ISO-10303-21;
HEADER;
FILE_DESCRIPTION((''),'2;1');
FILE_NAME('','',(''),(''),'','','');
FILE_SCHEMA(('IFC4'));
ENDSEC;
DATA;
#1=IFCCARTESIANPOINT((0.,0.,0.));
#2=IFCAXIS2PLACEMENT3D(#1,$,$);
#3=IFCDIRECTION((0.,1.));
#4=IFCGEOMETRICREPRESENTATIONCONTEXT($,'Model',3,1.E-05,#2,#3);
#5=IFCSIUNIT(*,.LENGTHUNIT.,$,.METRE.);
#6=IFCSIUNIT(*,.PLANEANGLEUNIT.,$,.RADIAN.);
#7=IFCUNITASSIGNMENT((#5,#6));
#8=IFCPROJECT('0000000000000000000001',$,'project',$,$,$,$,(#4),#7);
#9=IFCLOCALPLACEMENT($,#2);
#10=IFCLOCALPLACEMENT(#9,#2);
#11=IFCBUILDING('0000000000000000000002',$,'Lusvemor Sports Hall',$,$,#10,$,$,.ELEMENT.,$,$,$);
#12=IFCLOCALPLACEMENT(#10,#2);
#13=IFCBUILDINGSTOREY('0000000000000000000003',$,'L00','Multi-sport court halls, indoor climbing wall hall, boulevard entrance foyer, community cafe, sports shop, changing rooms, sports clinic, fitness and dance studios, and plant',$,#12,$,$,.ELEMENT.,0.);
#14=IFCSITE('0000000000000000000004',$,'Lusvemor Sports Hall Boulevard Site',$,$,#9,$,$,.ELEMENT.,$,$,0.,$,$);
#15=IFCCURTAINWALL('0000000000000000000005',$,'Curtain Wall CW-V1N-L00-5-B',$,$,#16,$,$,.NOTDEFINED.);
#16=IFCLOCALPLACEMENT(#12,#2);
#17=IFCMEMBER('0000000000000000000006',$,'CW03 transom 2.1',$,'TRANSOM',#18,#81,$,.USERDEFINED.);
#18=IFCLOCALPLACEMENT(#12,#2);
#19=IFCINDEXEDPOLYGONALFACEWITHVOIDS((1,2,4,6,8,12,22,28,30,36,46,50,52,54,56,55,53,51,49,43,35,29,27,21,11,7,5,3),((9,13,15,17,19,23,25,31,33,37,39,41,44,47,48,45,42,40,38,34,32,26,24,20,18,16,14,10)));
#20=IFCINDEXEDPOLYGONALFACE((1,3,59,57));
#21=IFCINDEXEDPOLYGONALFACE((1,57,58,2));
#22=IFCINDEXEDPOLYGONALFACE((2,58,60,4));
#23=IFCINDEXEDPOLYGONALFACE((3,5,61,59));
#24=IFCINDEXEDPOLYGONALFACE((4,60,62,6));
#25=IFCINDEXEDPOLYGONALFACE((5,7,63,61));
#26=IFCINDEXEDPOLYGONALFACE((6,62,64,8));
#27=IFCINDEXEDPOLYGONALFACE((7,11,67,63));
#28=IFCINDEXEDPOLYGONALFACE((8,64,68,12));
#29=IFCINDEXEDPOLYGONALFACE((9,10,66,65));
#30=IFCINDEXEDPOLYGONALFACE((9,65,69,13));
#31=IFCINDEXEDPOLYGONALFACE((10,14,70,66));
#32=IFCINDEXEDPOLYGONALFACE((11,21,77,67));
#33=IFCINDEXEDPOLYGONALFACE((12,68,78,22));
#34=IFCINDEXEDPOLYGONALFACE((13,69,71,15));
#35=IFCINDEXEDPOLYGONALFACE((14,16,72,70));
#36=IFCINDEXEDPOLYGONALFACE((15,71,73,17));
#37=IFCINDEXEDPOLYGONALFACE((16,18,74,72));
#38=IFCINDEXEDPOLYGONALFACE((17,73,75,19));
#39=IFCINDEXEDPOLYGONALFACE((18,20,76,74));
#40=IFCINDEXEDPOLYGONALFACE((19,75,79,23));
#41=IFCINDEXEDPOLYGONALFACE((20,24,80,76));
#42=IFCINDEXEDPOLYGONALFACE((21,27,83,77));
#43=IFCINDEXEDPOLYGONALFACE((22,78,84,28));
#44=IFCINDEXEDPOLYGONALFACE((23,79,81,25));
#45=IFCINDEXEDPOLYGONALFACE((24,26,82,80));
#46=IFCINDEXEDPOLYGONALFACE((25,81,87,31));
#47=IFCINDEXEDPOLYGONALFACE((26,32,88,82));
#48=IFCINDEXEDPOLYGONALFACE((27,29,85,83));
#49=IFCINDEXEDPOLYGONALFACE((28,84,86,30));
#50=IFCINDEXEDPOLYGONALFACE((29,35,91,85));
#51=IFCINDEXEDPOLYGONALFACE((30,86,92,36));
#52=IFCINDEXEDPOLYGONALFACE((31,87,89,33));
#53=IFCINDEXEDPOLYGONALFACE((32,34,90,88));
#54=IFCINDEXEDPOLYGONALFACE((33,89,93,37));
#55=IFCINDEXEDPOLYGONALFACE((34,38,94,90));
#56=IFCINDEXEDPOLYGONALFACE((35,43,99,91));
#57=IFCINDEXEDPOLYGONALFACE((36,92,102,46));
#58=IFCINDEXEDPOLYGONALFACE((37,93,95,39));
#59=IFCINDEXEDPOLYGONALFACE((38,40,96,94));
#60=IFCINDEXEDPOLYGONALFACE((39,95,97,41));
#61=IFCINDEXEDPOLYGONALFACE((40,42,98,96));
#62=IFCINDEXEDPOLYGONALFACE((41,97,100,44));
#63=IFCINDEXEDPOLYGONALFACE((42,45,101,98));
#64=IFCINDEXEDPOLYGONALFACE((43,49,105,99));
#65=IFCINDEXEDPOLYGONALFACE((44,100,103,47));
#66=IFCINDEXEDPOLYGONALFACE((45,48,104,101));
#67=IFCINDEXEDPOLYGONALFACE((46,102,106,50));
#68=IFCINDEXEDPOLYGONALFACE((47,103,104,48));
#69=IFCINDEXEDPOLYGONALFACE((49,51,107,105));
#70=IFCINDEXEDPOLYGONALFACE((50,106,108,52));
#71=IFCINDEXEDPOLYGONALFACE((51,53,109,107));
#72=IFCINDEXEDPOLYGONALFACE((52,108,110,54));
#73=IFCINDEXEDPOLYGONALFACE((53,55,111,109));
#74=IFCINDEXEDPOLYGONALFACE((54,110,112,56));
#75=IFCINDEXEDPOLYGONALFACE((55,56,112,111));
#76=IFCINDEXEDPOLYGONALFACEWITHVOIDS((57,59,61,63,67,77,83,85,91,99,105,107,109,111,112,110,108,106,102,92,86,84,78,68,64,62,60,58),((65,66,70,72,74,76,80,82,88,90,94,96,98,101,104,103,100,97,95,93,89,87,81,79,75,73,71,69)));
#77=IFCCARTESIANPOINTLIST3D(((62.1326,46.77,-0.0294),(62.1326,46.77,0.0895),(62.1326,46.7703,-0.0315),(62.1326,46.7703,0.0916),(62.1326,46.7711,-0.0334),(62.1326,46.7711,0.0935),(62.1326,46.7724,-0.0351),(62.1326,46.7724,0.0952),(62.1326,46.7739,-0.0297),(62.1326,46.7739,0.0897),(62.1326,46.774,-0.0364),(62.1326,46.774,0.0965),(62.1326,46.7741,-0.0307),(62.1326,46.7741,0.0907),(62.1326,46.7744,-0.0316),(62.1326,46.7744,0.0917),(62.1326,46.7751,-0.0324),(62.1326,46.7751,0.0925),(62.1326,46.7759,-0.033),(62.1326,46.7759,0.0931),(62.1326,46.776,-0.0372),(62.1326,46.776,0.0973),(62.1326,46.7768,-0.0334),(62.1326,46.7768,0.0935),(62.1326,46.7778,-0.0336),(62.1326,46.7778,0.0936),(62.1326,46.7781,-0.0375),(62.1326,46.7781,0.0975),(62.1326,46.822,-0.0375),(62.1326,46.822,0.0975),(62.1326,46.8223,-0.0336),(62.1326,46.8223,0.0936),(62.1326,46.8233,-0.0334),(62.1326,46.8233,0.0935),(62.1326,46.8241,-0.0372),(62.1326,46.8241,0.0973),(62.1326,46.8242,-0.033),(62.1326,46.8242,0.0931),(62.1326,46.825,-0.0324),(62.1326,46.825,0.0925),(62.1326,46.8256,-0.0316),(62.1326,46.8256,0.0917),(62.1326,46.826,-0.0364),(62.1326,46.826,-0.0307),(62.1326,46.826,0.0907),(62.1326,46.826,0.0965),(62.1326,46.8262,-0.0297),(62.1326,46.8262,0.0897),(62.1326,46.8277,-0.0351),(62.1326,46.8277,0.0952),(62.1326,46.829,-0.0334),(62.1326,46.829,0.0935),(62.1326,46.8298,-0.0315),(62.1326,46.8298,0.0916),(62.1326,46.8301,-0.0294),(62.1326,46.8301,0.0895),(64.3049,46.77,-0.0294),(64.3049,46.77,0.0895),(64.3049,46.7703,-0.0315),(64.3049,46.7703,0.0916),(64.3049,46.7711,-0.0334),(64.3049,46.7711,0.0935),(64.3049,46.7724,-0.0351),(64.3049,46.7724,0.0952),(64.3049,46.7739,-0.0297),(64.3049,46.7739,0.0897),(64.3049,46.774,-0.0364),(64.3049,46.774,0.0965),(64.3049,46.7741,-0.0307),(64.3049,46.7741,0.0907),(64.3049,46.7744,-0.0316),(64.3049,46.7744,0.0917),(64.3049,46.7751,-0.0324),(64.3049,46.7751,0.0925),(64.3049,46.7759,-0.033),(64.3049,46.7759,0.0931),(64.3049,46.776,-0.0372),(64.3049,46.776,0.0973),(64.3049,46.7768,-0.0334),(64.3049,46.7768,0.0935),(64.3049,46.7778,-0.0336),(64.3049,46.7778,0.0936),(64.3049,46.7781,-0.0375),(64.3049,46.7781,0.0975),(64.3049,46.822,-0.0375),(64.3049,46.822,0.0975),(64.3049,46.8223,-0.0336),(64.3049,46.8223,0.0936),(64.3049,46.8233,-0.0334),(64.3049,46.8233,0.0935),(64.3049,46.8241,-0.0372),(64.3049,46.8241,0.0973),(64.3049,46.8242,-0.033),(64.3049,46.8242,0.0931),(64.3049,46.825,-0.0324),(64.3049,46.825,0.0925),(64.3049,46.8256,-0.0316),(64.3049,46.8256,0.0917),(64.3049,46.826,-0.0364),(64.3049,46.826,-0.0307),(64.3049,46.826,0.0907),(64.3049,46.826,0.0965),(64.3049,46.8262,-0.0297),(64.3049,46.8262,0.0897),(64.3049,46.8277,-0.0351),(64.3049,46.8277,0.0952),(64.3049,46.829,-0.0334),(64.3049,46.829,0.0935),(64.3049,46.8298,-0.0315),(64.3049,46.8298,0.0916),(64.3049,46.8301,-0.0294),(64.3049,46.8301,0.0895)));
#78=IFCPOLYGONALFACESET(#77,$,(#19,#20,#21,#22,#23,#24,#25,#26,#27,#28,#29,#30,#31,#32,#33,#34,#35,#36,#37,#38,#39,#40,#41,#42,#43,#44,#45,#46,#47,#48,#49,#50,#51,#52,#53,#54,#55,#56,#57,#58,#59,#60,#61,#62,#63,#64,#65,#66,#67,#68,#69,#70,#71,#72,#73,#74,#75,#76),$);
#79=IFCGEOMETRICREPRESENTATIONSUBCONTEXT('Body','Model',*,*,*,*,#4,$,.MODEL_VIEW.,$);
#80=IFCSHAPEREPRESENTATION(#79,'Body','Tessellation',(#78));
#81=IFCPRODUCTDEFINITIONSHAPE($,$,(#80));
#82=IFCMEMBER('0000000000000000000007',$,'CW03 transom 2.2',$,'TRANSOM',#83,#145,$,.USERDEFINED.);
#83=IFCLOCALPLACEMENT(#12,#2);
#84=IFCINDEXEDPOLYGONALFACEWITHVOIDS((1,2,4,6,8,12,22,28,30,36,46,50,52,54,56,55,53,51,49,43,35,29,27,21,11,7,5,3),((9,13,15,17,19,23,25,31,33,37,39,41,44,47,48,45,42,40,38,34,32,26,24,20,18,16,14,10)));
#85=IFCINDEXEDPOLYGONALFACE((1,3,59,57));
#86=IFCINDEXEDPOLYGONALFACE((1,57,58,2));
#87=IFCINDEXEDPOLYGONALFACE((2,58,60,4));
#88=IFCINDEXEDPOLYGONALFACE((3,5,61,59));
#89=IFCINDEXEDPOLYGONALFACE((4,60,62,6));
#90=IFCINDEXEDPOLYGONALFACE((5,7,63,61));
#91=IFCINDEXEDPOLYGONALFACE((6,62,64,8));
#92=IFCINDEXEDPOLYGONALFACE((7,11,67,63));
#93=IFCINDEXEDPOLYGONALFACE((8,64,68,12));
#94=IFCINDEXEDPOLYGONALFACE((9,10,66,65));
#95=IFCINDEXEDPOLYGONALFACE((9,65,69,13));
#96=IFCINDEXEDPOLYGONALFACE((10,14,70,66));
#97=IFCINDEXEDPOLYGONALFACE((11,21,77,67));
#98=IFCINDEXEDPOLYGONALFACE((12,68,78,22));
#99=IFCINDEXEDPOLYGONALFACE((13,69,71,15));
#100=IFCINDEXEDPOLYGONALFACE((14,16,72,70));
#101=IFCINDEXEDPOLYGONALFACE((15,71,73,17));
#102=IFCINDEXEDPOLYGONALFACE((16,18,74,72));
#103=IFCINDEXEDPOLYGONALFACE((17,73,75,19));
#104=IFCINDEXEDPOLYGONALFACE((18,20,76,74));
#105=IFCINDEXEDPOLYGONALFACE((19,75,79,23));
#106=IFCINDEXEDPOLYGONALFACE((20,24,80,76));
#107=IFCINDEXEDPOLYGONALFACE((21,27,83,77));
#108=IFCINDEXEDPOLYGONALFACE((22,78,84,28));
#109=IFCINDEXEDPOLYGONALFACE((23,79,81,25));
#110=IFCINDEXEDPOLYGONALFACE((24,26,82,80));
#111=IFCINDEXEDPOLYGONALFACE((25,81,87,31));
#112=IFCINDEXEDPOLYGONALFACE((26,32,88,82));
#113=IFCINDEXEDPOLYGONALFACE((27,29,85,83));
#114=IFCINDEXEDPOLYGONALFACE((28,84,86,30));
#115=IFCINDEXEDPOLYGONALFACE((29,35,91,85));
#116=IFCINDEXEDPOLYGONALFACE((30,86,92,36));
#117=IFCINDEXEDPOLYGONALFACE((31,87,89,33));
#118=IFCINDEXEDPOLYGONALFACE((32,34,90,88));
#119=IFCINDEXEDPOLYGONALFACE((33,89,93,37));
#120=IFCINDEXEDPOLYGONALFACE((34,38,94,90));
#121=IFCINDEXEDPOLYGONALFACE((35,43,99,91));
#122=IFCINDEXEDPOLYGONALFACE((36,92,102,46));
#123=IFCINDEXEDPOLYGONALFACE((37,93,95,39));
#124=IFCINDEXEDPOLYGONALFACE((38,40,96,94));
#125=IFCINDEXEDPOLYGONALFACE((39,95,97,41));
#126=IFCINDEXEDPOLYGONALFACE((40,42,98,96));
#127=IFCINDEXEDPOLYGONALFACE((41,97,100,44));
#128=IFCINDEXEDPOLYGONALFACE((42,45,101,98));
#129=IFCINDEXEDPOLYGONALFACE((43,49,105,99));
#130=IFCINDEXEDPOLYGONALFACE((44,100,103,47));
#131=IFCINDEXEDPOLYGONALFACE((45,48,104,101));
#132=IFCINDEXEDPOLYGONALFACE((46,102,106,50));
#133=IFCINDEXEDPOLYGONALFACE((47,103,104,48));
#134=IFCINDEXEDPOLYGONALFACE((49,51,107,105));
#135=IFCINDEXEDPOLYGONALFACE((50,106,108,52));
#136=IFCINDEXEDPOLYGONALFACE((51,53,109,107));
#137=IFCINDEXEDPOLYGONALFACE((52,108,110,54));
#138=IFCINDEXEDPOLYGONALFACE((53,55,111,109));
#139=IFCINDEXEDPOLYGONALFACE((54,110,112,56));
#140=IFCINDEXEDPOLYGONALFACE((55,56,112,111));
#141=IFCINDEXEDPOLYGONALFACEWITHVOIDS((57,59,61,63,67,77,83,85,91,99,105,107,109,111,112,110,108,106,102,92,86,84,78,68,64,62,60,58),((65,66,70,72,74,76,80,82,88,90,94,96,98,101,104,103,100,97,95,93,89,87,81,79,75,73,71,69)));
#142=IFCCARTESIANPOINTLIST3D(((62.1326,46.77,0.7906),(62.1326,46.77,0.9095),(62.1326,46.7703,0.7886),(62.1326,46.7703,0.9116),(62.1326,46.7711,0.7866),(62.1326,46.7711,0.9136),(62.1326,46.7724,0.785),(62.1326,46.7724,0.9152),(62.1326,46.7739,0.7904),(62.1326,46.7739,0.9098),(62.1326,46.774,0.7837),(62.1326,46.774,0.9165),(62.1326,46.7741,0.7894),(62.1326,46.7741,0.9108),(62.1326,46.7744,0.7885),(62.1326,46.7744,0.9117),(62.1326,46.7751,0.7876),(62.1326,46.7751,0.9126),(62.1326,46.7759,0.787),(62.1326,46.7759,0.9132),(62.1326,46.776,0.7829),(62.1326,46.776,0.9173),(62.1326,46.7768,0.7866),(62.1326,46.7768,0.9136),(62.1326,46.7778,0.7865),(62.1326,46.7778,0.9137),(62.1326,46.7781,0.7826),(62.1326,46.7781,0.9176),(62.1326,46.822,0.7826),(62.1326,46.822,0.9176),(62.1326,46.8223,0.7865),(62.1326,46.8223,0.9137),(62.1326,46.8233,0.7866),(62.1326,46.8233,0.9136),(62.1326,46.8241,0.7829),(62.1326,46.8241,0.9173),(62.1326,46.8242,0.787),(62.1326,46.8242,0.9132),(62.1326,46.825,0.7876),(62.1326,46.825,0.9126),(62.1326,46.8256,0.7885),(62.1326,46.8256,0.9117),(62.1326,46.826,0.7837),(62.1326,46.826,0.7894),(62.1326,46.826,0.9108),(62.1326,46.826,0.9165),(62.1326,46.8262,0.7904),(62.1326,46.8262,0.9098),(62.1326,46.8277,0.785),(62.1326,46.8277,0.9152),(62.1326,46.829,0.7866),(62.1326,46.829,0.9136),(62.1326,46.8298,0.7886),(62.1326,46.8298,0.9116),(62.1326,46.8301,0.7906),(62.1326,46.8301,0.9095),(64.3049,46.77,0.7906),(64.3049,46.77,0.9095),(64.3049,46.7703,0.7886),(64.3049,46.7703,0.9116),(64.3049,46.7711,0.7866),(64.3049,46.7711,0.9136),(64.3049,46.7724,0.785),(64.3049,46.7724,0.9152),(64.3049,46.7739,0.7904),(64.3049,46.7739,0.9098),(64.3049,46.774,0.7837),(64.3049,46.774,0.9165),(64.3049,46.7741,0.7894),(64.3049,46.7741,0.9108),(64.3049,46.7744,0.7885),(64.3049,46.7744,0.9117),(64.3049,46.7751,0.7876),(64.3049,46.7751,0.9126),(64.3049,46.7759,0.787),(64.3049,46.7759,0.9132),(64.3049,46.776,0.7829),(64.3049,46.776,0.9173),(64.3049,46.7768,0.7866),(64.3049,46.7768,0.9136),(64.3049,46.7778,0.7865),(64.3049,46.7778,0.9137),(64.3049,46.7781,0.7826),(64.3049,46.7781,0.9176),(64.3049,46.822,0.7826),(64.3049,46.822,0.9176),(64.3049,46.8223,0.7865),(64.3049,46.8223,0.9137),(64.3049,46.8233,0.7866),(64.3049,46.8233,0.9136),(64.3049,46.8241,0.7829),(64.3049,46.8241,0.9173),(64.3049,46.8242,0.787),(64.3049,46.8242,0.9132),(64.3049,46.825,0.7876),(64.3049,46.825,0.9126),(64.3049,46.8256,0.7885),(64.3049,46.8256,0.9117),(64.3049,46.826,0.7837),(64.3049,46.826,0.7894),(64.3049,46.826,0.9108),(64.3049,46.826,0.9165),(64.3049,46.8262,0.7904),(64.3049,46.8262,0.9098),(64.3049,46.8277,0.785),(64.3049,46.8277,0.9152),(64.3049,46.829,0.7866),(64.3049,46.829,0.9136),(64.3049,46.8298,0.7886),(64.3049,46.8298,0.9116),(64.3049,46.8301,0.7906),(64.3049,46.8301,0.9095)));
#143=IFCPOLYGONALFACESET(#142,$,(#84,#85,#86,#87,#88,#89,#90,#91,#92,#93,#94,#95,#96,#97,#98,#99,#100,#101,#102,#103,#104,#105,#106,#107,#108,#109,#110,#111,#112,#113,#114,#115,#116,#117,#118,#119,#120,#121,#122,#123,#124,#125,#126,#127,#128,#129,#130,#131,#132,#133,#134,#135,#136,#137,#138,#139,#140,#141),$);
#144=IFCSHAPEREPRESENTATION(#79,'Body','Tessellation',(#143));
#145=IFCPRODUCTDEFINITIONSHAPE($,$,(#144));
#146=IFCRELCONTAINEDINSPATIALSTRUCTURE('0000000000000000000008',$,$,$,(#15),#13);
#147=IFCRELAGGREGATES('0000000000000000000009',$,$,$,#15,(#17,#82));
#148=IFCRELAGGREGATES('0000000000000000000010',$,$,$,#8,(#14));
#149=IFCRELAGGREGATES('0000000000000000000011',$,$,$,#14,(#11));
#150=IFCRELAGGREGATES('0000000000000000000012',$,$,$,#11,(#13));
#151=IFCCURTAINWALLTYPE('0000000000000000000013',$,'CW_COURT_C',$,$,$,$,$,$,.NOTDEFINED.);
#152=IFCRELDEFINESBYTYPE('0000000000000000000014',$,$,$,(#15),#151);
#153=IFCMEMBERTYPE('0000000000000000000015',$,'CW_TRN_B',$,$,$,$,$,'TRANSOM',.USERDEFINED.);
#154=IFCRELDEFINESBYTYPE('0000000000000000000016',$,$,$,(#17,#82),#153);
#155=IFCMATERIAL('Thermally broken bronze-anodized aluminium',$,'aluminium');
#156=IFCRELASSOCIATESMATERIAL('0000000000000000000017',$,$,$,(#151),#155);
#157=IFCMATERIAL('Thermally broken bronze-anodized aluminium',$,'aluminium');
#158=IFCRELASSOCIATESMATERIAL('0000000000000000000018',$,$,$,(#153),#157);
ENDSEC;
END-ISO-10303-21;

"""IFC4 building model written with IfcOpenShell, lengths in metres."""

from ifc_helpers import new_model, si_unit, direction, frame, origin, origin_2d, place, context, subcontext, project, spatial, hollow_rectangle, extrude, material, material_profile, profile_set, type_object, element, aggregate, save


model = new_model("IFC4")

# Units and contexts
model_context = context("Model", 3, precision=1e-05, world=origin(), true_north=direction((0.0, 1.0)))
body_context = subcontext(model_context, "Body", "Model", "MODEL_VIEW")
ifc_project = project(units=[si_unit("LENGTHUNIT", "METRE"), si_unit("PLANEANGLEUNIT", "RADIAN")], contexts=[model_context])

# Site, building, storey
site_placement = place(None, origin())
site = spatial("IfcSite", under=ifc_project, at=site_placement, Name="Lusvemor Sports Hall Boulevard Site", CompositionType="ELEMENT", RefElevation=0.0)
building_placement = place(site_placement, origin())
building = spatial("IfcBuilding", under=site, at=building_placement, Name="Lusvemor Sports Hall", CompositionType="ELEMENT")
storey_placement = place(building_placement, origin())
storey = spatial("IfcBuildingStorey", under=building, at=storey_placement, Name="L00", Description="Multi-sport court halls, indoor climbing wall hall, boulevard entrance foyer, community cafe, sports shop, changing rooms, sports clinic, fitness and dance studios, and plant", CompositionType="ELEMENT", Elevation=0.0)

# Shared definitions
ifc_material_1 = material(Name="Thermally broken bronze-anodized aluminium", Category="aluminium")
curtain_wall_type = type_object("IfcCurtainWallType", Name="CW_COURT_C", PredefinedType="NOTDEFINED", material=ifc_material_1)

# Curtain wall, members
curtain_wall_1_placement = place(storey_placement, origin())
curtain_wall_1 = element("IfcCurtainWall", 1, at=curtain_wall_1_placement, inside=storey, type_object=curtain_wall_type, Name="Curtain Wall CW-V1N-L00-5-B", PredefinedType="NOTDEFINED")
ifc_material_2 = material(Name="Thermally broken bronze-anodized aluminium", Category="aluminium")
ifc_material_profile_1 = material_profile(ifc_material_2, hollow_rectangle(XDim=0.0601, YDim=0.135, WallThickness=0.0039, InnerFilletRadius=0.0039, OuterFilletRadius=0.0081, at=origin_2d()), Name="CWTRN135x60x4")
ifc_profile_set_1 = profile_set([ifc_material_profile_1], Name="Thermally broken bronze-anodized aluminium")
member_type_1 = type_object("IfcMemberType", Name="CW_TRN_B", ElementType="TRANSOM", PredefinedType="USERDEFINED", material=ifc_profile_set_1)
member_1_placement = place(storey_placement, frame((62.1326, 46.8, 0.03), z_axis=(1.0, 0.0, 0.0), x_axis=(0.0, 1.0, 0.0)))
member_1 = element("IfcMember", 2, at=member_1_placement, type_object=member_type_1, Name="CW03 transom 2.1", ObjectType="TRANSOM", PredefinedType="USERDEFINED", context=body_context, shape_type="SweptSolid", body=[
    extrude(hollow_rectangle(XDim=0.0601, YDim=0.135, WallThickness=0.0039, InnerFilletRadius=0.0039, OuterFilletRadius=0.0081, at=origin_2d()), origin(), (0.0, 0.0, 1.0), 2.1724),
])
member_2_placement = place(storey_placement, frame((62.1326, 46.8, 0.8501), z_axis=(1.0, 0.0, 0.0), x_axis=(0.0, 1.0, 0.0)))
member_2 = element("IfcMember", 3, at=member_2_placement, type_object=member_type_1, Name="CW03 transom 2.2", ObjectType="TRANSOM", PredefinedType="USERDEFINED", context=body_context, shape_type="SweptSolid", body=[
    extrude(hollow_rectangle(XDim=0.0601, YDim=0.135, WallThickness=0.0039, InnerFilletRadius=0.0039, OuterFilletRadius=0.0081, at=origin_2d()), origin(), (0.0, 0.0, 1.0), 2.1724),
])

aggregate(curtain_wall_1, [member_1, member_2])

save(model, "model.ifc")
